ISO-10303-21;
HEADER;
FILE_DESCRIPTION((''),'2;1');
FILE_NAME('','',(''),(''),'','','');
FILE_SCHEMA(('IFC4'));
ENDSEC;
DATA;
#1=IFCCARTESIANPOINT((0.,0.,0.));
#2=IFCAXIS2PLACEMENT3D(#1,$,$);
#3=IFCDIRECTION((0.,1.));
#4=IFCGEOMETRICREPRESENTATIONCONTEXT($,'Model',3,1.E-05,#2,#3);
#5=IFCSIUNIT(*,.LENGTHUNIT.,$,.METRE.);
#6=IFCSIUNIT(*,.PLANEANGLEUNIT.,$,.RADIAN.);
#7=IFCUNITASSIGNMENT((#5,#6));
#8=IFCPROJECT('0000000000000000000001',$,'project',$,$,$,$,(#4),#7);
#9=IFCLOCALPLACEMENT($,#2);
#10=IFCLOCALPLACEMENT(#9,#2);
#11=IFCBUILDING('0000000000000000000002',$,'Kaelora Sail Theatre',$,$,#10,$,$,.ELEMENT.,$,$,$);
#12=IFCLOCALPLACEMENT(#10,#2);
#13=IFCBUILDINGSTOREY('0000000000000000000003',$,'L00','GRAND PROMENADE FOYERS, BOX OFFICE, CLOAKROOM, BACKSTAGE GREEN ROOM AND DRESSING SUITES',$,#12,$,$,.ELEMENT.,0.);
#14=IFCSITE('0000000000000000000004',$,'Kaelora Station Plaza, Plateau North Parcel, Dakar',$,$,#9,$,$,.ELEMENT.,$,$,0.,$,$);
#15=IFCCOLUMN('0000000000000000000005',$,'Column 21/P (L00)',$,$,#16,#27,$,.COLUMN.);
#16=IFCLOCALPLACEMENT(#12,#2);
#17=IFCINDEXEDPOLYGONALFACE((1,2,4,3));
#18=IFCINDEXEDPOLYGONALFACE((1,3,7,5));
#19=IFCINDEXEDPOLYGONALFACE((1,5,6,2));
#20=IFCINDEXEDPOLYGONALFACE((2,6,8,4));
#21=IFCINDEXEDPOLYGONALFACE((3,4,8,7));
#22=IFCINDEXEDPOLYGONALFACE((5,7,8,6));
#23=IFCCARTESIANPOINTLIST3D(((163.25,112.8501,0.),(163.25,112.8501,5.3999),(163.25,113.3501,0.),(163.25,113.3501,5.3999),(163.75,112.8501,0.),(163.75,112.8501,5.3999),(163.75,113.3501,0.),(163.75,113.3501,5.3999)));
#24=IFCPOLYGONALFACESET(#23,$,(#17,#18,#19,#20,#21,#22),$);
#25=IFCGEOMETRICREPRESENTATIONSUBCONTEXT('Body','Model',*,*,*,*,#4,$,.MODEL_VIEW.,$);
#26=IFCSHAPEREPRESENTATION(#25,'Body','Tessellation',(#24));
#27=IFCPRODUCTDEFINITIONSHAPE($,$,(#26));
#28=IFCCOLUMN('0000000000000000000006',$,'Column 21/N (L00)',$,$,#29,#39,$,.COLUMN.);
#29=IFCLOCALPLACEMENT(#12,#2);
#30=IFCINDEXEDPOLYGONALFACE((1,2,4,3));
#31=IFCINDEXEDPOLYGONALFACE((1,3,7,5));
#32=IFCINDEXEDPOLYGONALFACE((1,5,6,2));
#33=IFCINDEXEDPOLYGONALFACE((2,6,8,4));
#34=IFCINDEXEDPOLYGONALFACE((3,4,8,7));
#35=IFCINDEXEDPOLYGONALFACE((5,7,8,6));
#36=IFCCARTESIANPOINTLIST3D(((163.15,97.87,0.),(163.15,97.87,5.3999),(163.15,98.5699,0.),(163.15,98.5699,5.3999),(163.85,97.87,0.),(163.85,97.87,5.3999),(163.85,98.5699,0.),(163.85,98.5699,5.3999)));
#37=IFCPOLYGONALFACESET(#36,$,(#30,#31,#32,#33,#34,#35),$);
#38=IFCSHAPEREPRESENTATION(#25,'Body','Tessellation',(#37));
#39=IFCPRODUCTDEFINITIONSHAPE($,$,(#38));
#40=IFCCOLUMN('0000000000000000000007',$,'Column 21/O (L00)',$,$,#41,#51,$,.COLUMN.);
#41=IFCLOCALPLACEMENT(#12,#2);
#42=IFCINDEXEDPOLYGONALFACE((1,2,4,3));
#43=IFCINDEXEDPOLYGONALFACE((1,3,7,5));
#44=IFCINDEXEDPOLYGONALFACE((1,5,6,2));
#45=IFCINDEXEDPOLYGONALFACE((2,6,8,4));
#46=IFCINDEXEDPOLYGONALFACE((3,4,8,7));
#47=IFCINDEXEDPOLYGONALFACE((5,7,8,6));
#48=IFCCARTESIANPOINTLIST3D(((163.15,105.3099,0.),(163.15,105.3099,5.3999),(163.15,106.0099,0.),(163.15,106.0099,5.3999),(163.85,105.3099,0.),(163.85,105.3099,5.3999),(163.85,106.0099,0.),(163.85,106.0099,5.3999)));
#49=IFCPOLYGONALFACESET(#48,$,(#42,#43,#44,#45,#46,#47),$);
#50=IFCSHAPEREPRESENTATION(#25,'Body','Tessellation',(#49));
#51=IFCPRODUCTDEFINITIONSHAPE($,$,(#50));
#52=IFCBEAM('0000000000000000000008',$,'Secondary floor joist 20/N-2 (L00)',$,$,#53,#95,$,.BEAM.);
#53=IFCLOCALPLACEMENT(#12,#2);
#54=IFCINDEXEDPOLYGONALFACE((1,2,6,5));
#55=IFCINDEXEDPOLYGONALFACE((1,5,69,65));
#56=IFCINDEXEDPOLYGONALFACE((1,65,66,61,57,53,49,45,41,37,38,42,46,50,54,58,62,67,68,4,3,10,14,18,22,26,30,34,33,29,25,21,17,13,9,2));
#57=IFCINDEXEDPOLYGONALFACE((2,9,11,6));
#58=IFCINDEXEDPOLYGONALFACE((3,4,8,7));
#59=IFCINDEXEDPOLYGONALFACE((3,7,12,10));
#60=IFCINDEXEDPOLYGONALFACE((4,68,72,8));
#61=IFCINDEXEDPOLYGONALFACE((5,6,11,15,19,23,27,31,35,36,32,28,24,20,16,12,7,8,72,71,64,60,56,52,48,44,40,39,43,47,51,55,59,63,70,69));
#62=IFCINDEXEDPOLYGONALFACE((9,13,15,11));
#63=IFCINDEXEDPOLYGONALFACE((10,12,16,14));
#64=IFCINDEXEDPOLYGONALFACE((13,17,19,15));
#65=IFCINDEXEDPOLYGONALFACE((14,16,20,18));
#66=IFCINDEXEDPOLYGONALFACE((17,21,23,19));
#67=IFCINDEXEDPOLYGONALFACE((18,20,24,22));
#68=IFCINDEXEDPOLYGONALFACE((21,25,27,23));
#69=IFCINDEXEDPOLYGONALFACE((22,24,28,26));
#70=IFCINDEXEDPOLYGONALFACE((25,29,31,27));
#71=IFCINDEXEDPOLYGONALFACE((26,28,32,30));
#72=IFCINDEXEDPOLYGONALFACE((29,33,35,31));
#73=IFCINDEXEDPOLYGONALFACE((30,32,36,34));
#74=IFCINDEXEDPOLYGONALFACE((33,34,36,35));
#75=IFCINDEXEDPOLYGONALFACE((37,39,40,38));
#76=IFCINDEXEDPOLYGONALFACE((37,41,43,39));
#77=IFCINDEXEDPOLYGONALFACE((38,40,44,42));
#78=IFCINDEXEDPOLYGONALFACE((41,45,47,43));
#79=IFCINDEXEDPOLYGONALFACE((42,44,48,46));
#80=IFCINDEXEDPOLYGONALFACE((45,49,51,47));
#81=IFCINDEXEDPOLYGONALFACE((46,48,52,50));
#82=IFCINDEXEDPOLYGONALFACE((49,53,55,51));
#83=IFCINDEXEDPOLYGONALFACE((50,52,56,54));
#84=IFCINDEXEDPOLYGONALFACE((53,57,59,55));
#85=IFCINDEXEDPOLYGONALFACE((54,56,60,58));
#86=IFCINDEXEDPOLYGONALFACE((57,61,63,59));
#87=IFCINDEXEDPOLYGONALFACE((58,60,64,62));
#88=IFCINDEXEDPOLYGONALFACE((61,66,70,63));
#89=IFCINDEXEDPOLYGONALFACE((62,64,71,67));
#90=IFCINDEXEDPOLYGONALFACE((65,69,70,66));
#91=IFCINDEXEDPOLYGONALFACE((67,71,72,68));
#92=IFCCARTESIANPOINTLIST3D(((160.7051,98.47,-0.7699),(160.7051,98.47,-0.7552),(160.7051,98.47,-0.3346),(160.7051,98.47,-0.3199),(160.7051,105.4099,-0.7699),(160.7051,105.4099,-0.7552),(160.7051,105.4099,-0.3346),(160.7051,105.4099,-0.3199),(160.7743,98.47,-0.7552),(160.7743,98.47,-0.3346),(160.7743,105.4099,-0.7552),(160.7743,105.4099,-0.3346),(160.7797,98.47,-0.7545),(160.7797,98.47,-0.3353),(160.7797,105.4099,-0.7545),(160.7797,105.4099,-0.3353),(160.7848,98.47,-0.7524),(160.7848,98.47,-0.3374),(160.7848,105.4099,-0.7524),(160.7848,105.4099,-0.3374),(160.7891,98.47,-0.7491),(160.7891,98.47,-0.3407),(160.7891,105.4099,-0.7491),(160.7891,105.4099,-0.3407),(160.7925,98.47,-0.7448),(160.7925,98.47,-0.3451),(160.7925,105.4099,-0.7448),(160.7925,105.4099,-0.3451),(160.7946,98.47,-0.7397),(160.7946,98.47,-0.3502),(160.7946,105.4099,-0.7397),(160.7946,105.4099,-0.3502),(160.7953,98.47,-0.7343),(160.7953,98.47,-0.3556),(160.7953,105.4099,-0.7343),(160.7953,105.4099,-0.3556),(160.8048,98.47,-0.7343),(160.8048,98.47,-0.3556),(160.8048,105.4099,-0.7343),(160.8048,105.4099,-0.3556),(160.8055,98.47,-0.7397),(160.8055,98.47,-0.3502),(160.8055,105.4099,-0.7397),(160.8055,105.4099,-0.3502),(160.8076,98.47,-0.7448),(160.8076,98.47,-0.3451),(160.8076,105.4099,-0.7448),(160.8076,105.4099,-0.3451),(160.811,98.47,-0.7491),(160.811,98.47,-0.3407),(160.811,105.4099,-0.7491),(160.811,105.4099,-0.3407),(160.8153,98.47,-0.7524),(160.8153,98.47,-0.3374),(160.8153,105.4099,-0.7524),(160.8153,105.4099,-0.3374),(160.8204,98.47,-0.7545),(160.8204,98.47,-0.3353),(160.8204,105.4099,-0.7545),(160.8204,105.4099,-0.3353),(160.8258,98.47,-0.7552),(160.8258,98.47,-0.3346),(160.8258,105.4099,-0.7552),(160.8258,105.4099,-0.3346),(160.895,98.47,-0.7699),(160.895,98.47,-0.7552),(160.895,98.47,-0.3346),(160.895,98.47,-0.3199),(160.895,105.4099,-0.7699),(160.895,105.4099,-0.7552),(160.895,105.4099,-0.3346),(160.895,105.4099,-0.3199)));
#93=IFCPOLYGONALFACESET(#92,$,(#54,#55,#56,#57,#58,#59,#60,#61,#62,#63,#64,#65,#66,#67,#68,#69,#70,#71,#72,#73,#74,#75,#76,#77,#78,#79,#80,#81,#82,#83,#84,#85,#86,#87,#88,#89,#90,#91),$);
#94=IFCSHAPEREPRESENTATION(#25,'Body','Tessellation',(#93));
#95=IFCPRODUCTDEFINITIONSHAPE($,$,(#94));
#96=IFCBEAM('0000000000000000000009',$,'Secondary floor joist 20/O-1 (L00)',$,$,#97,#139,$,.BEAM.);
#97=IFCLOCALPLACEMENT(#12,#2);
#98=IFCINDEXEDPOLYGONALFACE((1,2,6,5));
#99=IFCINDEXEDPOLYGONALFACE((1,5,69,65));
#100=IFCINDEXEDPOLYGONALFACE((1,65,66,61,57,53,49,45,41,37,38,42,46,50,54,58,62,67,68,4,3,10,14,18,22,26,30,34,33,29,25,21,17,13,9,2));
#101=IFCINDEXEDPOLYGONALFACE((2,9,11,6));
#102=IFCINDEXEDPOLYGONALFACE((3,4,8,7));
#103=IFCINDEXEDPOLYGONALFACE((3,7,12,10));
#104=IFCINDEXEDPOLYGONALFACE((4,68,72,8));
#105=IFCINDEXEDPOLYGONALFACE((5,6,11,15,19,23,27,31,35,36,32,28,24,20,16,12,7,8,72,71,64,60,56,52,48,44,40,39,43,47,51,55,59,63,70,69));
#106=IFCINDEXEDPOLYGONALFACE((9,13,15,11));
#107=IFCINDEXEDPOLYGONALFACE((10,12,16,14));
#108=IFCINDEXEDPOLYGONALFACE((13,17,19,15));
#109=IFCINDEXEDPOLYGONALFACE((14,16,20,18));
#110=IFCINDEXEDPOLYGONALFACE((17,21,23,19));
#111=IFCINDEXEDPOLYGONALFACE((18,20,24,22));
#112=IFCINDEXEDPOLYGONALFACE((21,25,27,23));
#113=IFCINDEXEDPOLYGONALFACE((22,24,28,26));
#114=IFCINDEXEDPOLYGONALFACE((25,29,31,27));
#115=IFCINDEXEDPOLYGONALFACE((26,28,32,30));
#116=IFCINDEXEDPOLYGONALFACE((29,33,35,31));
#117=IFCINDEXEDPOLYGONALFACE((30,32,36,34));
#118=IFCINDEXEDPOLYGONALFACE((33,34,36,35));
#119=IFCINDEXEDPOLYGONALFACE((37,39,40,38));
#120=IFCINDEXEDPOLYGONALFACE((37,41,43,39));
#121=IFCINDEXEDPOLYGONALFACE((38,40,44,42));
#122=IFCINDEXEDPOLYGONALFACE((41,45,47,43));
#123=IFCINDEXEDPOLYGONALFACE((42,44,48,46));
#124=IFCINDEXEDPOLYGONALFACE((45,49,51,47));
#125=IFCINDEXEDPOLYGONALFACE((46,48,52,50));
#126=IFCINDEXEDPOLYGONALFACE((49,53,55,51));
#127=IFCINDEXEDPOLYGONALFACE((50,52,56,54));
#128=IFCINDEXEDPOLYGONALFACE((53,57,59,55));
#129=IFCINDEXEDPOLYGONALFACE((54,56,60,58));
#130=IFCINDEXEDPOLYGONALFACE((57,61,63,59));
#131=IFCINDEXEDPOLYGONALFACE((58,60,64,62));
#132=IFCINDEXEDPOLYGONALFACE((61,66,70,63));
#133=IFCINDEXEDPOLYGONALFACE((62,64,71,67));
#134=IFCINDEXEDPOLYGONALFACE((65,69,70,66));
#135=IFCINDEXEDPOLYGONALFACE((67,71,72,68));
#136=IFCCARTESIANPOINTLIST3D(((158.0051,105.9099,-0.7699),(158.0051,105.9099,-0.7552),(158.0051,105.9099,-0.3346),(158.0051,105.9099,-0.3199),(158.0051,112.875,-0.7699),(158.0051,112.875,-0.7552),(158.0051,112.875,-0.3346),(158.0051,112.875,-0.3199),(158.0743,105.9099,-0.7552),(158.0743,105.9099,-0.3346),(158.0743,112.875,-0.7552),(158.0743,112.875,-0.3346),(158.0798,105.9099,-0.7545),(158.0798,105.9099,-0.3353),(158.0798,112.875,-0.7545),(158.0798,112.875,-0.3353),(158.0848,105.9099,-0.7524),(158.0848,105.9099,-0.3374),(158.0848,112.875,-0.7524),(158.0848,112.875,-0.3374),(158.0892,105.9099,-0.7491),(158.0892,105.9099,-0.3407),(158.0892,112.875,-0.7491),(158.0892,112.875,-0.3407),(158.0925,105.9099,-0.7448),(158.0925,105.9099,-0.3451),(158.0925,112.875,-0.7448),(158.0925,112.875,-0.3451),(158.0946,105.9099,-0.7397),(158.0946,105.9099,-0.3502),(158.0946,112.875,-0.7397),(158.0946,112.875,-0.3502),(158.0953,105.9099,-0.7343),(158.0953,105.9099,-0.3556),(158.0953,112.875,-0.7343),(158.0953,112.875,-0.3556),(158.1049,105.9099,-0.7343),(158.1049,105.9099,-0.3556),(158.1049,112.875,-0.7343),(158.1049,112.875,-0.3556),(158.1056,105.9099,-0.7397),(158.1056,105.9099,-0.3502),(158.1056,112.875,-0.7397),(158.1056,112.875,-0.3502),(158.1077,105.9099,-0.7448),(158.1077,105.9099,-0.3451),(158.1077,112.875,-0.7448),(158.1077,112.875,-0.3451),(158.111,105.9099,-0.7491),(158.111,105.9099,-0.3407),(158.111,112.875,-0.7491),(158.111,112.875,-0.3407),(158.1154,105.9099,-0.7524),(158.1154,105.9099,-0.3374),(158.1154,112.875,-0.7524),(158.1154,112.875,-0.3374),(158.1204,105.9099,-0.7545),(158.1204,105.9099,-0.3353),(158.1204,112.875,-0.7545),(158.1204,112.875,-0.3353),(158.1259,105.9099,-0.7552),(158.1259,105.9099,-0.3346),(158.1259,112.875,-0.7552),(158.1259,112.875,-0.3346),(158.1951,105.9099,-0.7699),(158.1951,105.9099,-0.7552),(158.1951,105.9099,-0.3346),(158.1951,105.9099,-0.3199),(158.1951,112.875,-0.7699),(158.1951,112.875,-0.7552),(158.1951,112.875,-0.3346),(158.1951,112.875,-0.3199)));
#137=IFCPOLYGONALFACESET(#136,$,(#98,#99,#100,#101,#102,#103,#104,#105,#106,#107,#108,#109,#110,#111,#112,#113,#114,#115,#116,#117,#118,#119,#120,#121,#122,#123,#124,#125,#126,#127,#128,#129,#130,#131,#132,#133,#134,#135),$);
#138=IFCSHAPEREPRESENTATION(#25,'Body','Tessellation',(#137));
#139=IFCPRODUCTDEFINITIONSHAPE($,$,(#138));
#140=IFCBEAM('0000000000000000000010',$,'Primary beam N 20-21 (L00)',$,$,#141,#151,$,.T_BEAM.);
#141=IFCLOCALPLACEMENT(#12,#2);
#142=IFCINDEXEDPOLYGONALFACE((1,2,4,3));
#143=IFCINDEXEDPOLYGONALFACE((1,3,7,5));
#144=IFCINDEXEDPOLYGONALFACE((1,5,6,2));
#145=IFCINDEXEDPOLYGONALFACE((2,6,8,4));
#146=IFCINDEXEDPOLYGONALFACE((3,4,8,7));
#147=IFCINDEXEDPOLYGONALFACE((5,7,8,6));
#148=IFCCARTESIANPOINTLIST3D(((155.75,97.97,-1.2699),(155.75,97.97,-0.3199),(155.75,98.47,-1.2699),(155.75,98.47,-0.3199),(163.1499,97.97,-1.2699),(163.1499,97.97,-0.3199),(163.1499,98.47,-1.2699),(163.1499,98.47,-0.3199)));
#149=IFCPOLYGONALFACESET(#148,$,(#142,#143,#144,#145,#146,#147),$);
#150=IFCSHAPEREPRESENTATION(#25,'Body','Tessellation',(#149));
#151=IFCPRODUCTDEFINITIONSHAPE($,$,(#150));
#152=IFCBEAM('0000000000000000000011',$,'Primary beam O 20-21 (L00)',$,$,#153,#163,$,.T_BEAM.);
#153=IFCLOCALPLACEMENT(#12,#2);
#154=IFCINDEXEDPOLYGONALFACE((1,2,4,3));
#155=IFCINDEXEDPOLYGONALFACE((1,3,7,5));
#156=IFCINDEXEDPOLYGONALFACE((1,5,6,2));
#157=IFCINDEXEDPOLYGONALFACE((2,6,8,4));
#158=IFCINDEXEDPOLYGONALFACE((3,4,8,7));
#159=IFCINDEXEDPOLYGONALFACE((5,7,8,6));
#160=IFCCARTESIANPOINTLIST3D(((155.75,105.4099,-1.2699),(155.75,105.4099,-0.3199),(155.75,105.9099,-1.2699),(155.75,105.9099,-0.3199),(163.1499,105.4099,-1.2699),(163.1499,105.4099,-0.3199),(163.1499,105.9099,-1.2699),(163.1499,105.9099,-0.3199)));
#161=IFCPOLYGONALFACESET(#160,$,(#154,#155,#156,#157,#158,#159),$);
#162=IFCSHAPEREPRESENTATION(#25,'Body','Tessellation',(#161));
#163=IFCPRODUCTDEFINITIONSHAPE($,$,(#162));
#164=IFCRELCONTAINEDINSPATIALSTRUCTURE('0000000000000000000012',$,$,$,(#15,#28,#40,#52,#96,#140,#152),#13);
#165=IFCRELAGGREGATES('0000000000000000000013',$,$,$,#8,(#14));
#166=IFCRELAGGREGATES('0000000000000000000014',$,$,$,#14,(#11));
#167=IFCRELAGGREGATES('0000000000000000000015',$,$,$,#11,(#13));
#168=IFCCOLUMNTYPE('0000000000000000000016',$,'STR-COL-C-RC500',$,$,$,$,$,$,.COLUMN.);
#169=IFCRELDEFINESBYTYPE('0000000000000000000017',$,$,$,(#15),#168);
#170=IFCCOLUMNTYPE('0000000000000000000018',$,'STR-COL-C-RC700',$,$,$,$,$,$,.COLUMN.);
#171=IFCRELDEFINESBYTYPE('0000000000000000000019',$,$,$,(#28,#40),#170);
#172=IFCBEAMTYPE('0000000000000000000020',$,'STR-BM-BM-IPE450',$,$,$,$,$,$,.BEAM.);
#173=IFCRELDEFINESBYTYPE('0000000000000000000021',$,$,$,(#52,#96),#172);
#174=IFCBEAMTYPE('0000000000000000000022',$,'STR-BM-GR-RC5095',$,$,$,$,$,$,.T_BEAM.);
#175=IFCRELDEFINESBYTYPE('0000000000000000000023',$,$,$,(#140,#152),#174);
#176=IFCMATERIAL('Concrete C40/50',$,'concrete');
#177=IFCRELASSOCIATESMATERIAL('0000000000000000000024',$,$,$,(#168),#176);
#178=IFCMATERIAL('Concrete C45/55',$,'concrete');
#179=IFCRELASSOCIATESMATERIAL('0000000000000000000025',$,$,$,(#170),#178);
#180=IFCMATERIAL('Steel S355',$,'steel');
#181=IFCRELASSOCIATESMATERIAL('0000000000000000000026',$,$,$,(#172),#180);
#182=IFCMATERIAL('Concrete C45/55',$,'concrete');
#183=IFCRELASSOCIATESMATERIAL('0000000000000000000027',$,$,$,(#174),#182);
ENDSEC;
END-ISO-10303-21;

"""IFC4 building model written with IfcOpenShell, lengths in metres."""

from ifc_helpers import new_model, si_unit, direction, frame, origin, origin_2d, place, context, subcontext, project, spatial, rectangle, i_section, extrude, material, material_profile, profile_set, type_object, element, save


model = new_model("IFC4")

# Units and contexts
model_context = context("Model", 3, precision=1e-05, world=origin(), true_north=direction((0.0, 1.0)))
body_context = subcontext(model_context, "Body", "Model", "MODEL_VIEW")
ifc_project = project(units=[si_unit("LENGTHUNIT", "METRE"), si_unit("PLANEANGLEUNIT", "RADIAN")], contexts=[model_context])

# Site, building, storey
site_placement = place(None, origin())
site = spatial("IfcSite", under=ifc_project, at=site_placement, Name="Kaelora Station Plaza, Plateau North Parcel, Dakar", CompositionType="ELEMENT", RefElevation=0.0)
building_placement = place(site_placement, origin())
building = spatial("IfcBuilding", under=site, at=building_placement, Name="Kaelora Sail Theatre", CompositionType="ELEMENT")
storey_placement = place(building_placement, origin())
storey = spatial("IfcBuildingStorey", under=building, at=storey_placement, Name="L00", Description="GRAND PROMENADE FOYERS, BOX OFFICE, CLOAKROOM, BACKSTAGE GREEN ROOM AND DRESSING SUITES", CompositionType="ELEMENT", Elevation=0.0)

# Columns
ifc_material_1 = material(Name="Concrete C40/50", Category="concrete")
ifc_material_profile_1 = material_profile(ifc_material_1, rectangle(XDim=0.5, YDim=0.5, at=origin_2d()), Name="RC-COL 500x500")
ifc_profile_set_1 = profile_set([ifc_material_profile_1], Name="Concrete C40/50")
column_type_1 = type_object("IfcColumnType", Name="STR-COL-C-RC500", PredefinedType="COLUMN", material=ifc_profile_set_1)
column_placement = place(storey_placement, frame((163.5, 113.1001, 0.0), z_axis=(0.0, 0.0, 1.0), x_axis=(1.0, 0.0, 0.0)))
element("IfcColumn", 1, at=column_placement, inside=storey, type_object=column_type_1, Name="Column 21/P (L00)", PredefinedType="COLUMN", context=body_context, shape_type="SweptSolid", body=[
    extrude(rectangle(XDim=0.5, YDim=0.5, at=origin_2d()), origin(), (0.0, 0.0, 1.0), 5.3999),
])
ifc_material_2 = material(Name="Concrete C45/55", Category="concrete")
ifc_material_profile_2 = material_profile(ifc_material_2, rectangle(XDim=0.7, YDim=0.7, at=origin_2d()), Name="RC-COL 700x700")
ifc_profile_set_2 = profile_set([ifc_material_profile_2], Name="Concrete C45/55")
column_type_2 = type_object("IfcColumnType", Name="STR-COL-C-RC700", PredefinedType="COLUMN", material=ifc_profile_set_2)
for number, where, z_axis, x_axis, name in (
    (2, (163.5, 98.22, 0.0), (0.0, 0.0, 1.0), (1.0, 0.0, 0.0), "Column 21/N (L00)"),
    (3, (163.5, 105.6599, 0.0), (0.0, 0.0, 1.0), (1.0, 0.0, 0.0), "Column 21/O (L00)"),
):
    element("IfcColumn", number, at=place(storey_placement, frame(where, z_axis=z_axis, x_axis=x_axis)), inside=storey, type_object=column_type_2, Name=name, PredefinedType="COLUMN", context=body_context, shape_type="SweptSolid", body=[
        extrude(rectangle(XDim=0.7, YDim=0.7, at=origin_2d()), origin(), (0.0, 0.0, 1.0), 5.3999),
    ])

# Beams
ifc_material_3 = material(Name="Steel S355", Category="steel")
ifc_material_profile_3 = material_profile(ifc_material_3, i_section(OverallWidth=0.1899, OverallDepth=0.45, WebThickness=0.0095, FlangeThickness=0.0146, FilletRadius=0.021, at=origin_2d()), Name="IPE 450")
ifc_profile_set_3 = profile_set([ifc_material_profile_3], Name="Steel S355")
beam_type_1 = type_object("IfcBeamType", Name="STR-BM-BM-IPE450", PredefinedType="BEAM", material=ifc_profile_set_3)
beam_1_placement = place(storey_placement, frame((160.8, 98.47, -0.5449), z_axis=(0.0, 1.0, 0.0), x_axis=(-1.0, 0.0, 0.0)))
element("IfcBeam", 4, at=beam_1_placement, inside=storey, type_object=beam_type_1, Name="Secondary floor joist 20/N-2 (L00)", PredefinedType="BEAM", context=body_context, shape_type="SweptSolid", body=[
    extrude(i_section(OverallWidth=0.1899, OverallDepth=0.45, WebThickness=0.0095, FlangeThickness=0.0146, FilletRadius=0.021, at=origin_2d()), origin(), (0.0, 0.0, 1.0), 6.9399),
])
beam_2_placement = place(storey_placement, frame((158.1001, 105.9099, -0.5449), z_axis=(0.0, 1.0, 0.0), x_axis=(-1.0, 0.0, 0.0)))
element("IfcBeam", 5, at=beam_2_placement, inside=storey, type_object=beam_type_1, Name="Secondary floor joist 20/O-1 (L00)", PredefinedType="BEAM", context=body_context, shape_type="SweptSolid", body=[
    extrude(i_section(OverallWidth=0.1899, OverallDepth=0.45, WebThickness=0.0095, FlangeThickness=0.0146, FilletRadius=0.021, at=origin_2d()), origin(), (0.0, 0.0, 1.0), 6.9651),
])
ifc_material_4 = material(Name="Concrete C45/55", Category="concrete")
ifc_material_profile_4 = material_profile(ifc_material_4, rectangle(XDim=0.5, YDim=0.95, at=origin_2d()), Name="RC-GRD 500x950")
ifc_profile_set_4 = profile_set([ifc_material_profile_4], Name="Concrete C45/55")
beam_type_2 = type_object("IfcBeamType", Name="STR-BM-GR-RC5095", PredefinedType="T_BEAM", material=ifc_profile_set_4)
for number, where, z_axis, x_axis, name in (
    (6, (155.75, 98.22, -0.7949), (1.0, 0.0, 0.0), (0.0, 1.0, 0.0), "Primary beam N 20-21 (L00)"),
    (7, (155.75, 105.6599, -0.7949), (1.0, 0.0, 0.0), (0.0, 1.0, 0.0), "Primary beam O 20-21 (L00)"),
):
    element("IfcBeam", number, at=place(storey_placement, frame(where, z_axis=z_axis, x_axis=x_axis)), inside=storey, type_object=beam_type_2, Name=name, PredefinedType="T_BEAM", context=body_context, shape_type="SweptSolid", body=[
        extrude(rectangle(XDim=0.5, YDim=0.95, at=origin_2d()), origin(), (0.0, 0.0, 1.0), 7.3999),
    ])

save(model, "model.ifc")
